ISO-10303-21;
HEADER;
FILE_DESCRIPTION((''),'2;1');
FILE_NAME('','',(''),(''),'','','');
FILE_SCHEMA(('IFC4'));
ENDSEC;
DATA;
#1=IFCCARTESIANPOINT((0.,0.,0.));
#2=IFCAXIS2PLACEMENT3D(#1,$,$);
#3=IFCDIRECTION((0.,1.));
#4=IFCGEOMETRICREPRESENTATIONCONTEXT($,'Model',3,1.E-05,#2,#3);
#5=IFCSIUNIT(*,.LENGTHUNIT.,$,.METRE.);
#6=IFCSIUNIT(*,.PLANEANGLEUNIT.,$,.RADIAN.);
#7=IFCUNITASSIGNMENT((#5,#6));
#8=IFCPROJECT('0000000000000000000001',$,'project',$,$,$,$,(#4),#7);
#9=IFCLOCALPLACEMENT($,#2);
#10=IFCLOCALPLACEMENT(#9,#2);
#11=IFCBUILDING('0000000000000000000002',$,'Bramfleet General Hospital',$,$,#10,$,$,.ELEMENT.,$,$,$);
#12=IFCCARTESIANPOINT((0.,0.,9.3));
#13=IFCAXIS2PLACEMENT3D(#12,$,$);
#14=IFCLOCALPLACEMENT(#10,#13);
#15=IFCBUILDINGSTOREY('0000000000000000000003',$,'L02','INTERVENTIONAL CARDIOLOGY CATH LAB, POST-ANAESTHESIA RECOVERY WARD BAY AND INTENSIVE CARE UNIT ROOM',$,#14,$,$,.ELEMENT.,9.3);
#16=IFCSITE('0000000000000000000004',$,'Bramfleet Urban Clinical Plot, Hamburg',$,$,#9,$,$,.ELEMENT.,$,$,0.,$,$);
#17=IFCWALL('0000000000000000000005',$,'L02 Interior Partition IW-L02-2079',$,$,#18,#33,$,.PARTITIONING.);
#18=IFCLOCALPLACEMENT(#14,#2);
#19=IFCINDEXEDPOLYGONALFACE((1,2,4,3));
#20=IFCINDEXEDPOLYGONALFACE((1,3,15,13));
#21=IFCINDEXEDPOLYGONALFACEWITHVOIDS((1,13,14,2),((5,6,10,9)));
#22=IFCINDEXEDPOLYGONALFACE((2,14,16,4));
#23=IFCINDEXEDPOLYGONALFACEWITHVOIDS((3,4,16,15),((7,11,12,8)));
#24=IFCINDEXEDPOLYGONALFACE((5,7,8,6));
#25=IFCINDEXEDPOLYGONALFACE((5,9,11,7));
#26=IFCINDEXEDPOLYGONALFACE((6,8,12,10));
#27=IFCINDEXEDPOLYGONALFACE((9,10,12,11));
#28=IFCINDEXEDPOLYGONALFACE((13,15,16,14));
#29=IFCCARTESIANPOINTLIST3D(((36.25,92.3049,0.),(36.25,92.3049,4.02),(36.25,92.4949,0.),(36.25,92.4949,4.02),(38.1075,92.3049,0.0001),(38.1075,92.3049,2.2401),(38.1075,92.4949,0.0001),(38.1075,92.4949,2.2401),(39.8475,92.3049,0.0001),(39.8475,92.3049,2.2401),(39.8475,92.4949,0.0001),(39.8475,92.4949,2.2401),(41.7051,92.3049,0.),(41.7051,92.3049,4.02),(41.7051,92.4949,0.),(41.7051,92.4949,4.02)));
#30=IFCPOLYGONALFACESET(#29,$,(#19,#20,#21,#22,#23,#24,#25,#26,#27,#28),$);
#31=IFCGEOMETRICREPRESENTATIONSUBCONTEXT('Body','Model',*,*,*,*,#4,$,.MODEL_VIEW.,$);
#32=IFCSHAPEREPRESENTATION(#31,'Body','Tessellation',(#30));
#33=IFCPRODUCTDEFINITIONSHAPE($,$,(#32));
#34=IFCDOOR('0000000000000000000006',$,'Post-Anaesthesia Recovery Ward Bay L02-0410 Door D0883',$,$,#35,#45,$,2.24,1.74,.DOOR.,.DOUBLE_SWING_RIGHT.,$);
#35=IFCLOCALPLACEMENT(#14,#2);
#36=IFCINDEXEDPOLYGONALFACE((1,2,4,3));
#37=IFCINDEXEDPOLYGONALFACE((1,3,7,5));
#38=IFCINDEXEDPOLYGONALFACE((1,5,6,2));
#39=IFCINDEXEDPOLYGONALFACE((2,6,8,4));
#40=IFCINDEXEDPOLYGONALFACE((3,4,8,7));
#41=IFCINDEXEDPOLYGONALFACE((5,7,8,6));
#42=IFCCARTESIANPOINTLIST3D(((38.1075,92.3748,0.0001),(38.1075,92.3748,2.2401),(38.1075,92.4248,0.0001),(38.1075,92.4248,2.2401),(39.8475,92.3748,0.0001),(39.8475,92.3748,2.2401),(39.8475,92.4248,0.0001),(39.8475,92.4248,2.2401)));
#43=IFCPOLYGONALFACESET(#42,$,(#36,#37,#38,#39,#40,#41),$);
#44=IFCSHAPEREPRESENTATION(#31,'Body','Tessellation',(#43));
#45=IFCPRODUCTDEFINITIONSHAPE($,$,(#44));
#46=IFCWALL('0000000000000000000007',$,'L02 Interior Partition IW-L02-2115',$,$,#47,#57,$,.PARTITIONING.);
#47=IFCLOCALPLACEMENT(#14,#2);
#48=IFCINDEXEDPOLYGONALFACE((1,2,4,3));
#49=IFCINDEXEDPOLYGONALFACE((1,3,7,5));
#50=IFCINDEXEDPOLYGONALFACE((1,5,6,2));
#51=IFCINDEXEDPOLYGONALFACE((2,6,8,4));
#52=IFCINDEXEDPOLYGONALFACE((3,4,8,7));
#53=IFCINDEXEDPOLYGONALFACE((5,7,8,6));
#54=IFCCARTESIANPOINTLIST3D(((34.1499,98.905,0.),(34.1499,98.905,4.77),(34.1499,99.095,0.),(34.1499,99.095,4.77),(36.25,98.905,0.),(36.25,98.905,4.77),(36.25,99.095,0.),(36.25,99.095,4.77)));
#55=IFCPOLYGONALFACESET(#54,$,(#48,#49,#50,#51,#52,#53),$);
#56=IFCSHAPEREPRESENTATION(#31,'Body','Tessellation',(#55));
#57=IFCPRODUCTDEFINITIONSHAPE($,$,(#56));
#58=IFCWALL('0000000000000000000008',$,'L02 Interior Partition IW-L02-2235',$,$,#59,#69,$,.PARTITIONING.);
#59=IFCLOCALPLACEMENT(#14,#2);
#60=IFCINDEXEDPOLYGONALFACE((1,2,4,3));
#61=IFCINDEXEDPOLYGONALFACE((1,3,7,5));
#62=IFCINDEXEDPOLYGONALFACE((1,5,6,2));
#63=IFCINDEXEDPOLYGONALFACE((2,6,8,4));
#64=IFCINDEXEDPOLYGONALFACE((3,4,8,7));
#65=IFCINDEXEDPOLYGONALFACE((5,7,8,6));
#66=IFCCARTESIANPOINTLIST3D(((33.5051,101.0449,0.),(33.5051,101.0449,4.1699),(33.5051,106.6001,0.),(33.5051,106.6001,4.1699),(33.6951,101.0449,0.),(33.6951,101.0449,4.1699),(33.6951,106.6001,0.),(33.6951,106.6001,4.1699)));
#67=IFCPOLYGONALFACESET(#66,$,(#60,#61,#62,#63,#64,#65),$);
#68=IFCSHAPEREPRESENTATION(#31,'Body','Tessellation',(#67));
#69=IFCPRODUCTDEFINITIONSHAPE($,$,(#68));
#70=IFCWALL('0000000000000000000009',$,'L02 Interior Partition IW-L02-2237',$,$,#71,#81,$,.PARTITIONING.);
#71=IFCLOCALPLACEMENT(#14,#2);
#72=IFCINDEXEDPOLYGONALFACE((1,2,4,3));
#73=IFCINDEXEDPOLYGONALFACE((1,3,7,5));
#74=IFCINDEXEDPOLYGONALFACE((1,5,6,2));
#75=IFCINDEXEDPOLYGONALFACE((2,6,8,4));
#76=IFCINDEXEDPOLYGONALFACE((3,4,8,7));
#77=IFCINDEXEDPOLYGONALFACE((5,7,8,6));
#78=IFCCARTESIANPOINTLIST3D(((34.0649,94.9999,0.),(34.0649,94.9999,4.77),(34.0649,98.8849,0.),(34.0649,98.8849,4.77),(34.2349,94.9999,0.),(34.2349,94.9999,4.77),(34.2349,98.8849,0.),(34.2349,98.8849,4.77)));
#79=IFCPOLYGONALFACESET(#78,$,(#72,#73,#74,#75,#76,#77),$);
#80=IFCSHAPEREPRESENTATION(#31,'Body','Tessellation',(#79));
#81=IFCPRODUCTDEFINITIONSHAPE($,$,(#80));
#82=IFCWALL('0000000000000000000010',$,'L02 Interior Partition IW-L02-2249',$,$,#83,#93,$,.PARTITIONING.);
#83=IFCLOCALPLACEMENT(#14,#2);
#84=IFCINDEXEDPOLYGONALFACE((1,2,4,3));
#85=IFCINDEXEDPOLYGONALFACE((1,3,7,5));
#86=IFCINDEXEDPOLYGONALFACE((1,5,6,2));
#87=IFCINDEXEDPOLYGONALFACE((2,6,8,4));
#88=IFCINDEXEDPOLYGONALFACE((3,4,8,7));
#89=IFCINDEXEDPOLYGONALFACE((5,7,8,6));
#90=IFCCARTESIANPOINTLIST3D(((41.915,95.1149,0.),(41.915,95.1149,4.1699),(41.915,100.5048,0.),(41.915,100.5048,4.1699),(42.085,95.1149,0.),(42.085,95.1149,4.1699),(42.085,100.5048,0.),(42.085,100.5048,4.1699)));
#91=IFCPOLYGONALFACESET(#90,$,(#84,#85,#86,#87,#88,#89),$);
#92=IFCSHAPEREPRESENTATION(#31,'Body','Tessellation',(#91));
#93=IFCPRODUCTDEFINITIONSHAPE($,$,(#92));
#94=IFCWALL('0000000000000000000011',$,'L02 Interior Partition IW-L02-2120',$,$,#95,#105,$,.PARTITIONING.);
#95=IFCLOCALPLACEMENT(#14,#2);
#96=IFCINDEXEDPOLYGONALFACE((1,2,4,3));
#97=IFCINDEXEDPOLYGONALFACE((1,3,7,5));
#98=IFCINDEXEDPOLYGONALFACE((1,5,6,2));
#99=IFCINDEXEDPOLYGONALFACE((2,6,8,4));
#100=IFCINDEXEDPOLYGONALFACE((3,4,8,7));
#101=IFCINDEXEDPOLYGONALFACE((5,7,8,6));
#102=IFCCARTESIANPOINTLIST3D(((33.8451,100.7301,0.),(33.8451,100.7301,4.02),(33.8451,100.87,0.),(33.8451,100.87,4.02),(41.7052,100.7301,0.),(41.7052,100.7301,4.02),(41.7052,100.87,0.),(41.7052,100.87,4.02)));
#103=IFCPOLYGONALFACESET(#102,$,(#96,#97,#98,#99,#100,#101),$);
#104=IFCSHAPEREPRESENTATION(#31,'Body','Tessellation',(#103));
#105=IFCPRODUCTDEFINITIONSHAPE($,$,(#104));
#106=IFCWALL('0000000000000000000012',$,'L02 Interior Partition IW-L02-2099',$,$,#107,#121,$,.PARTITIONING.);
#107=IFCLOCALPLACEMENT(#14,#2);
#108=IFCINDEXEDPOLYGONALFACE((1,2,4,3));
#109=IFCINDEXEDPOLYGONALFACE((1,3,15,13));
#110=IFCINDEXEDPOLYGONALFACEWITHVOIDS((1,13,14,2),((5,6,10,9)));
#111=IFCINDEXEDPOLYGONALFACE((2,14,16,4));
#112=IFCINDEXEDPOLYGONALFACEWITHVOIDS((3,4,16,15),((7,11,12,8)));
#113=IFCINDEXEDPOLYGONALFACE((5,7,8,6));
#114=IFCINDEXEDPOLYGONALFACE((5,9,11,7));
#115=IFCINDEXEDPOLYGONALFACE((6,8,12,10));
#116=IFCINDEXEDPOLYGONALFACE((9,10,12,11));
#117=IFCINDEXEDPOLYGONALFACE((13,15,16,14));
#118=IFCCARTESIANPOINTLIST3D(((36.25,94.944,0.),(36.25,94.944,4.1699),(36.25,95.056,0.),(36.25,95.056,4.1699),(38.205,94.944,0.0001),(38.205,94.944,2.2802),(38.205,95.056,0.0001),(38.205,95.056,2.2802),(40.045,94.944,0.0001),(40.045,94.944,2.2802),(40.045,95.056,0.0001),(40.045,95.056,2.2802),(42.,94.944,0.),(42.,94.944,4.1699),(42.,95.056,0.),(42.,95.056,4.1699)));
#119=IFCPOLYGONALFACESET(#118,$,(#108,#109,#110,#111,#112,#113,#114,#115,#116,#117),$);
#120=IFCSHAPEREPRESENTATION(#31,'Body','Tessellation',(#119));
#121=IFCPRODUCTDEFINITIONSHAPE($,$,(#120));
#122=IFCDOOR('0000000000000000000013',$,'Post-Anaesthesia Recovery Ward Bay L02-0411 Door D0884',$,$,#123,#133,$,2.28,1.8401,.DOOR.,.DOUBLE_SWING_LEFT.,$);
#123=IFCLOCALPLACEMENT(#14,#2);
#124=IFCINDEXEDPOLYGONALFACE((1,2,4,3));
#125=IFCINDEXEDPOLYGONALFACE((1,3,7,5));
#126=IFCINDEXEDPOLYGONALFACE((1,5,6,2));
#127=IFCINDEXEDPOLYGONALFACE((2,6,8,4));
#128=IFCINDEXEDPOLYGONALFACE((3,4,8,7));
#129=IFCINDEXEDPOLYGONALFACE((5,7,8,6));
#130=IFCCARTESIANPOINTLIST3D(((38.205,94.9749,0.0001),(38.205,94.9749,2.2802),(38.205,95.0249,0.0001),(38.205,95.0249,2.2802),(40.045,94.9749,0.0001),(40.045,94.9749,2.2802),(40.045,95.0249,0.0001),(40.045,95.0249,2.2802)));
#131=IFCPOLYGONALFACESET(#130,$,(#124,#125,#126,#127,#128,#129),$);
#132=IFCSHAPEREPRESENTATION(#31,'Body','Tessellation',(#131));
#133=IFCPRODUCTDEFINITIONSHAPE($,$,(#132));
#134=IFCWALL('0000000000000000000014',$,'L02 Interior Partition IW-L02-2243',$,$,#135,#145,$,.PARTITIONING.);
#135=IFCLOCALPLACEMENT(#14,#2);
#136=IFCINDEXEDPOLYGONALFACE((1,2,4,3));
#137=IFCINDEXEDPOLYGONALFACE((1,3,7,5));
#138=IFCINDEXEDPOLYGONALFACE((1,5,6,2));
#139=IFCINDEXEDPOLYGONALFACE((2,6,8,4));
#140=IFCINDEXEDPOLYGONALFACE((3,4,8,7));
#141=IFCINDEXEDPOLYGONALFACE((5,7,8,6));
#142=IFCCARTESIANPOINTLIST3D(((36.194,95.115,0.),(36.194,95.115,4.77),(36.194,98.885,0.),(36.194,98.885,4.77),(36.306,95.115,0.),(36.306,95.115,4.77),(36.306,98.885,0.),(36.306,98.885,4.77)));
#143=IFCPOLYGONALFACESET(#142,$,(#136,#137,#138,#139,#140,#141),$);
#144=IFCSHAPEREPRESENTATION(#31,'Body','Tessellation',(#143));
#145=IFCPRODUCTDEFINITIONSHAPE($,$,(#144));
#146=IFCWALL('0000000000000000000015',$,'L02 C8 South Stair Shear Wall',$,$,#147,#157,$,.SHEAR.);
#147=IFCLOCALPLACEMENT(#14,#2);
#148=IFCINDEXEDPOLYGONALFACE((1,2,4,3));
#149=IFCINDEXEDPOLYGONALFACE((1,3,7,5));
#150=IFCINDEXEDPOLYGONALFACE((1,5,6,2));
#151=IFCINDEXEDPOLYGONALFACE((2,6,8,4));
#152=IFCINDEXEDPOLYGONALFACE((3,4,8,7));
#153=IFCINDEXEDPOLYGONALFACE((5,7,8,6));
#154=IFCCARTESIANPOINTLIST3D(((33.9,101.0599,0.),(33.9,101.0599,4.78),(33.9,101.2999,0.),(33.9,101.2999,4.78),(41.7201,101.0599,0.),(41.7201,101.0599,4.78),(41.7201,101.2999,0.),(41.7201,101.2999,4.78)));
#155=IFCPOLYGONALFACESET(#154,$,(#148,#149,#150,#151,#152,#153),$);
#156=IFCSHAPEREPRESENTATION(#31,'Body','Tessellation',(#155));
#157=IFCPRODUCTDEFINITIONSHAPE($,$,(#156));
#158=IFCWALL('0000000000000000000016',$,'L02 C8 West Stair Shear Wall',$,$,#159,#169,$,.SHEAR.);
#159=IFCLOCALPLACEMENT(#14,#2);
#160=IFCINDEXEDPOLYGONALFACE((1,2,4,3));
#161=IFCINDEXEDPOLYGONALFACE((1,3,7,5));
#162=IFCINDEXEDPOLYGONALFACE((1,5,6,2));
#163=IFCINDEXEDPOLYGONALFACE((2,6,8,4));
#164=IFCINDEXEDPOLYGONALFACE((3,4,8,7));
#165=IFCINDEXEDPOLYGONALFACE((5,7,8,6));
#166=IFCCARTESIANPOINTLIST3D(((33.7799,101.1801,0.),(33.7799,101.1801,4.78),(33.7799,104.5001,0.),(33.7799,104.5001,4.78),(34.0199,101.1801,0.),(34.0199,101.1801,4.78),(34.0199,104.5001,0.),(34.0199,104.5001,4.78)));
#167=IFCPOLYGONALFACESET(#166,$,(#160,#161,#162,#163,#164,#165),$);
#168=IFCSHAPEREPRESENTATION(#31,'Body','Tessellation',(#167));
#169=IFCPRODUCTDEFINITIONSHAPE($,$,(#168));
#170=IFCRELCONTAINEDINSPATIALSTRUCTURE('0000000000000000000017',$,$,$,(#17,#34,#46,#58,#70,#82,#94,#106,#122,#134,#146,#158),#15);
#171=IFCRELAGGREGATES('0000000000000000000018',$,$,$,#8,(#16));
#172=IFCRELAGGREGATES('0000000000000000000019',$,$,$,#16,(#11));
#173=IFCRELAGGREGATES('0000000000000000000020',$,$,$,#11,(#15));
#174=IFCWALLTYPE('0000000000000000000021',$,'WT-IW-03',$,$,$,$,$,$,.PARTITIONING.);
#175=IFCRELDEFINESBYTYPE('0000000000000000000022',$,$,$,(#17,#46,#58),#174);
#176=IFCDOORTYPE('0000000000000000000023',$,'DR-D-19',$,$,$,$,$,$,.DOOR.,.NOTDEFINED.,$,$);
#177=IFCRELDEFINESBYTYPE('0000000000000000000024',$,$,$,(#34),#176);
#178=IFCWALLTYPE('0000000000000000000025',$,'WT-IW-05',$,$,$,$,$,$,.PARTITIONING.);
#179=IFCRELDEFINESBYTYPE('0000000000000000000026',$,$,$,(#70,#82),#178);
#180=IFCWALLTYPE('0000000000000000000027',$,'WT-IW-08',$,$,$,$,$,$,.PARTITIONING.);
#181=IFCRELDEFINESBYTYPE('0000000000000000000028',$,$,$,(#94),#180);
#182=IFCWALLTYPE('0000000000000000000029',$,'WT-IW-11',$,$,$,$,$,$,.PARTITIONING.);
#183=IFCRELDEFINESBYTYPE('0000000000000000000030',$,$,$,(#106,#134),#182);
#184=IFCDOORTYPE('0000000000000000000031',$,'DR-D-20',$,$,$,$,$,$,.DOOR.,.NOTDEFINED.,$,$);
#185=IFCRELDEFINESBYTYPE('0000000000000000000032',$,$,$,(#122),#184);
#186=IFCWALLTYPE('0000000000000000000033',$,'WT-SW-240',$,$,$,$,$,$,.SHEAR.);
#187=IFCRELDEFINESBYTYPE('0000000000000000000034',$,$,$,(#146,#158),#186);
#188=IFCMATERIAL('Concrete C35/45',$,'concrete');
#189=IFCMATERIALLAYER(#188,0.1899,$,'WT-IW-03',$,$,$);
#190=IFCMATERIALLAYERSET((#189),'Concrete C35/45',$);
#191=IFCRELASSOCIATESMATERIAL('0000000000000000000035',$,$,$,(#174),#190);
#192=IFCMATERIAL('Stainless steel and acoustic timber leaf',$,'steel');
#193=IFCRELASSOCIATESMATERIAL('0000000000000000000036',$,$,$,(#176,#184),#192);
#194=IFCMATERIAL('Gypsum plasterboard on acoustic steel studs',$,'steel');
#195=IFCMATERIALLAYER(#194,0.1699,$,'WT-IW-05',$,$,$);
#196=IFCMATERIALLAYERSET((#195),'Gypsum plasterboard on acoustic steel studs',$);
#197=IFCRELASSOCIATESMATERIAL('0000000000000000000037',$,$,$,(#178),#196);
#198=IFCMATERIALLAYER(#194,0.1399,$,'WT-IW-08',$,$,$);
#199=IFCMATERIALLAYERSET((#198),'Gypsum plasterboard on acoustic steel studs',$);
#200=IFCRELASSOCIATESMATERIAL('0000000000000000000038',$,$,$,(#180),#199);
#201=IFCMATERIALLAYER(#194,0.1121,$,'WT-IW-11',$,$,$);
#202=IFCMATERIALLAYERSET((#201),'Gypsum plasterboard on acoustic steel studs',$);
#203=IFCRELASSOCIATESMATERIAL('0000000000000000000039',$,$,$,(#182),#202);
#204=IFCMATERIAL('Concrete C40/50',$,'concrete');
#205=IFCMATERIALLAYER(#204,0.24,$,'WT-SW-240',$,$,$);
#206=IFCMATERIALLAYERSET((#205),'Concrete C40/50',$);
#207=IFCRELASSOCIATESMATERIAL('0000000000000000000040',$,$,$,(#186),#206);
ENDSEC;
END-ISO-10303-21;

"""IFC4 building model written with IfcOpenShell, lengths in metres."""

from ifc_helpers import new_model, si_unit, direction, frame, frame_2d, origin, place, context, subcontext, project, spatial, rectangle, extrude, material, layer, layer_set, type_object, element, fill, save


model = new_model("IFC4")

# Units and contexts
model_context = context("Model", 3, precision=1e-05, world=origin(), true_north=direction((0.0, 1.0)))
body_context = subcontext(model_context, "Body", "Model", "MODEL_VIEW")
ifc_project = project(units=[si_unit("LENGTHUNIT", "METRE"), si_unit("PLANEANGLEUNIT", "RADIAN")], contexts=[model_context])

# Site, building, storey
site_placement = place(None, origin())
site = spatial("IfcSite", under=ifc_project, at=site_placement, Name="Bramfleet Urban Clinical Plot, Hamburg", CompositionType="ELEMENT", RefElevation=0.0)
building_placement = place(site_placement, origin())
building = spatial("IfcBuilding", under=site, at=building_placement, Name="Bramfleet General Hospital", CompositionType="ELEMENT")
storey_placement = place(building_placement, frame((0.0, 0.0, 9.3)))
storey = spatial("IfcBuildingStorey", under=building, at=storey_placement, Name="L02", Description="INTERVENTIONAL CARDIOLOGY CATH LAB, POST-ANAESTHESIA RECOVERY WARD BAY AND INTENSIVE CARE UNIT ROOM", CompositionType="ELEMENT", Elevation=9.3)

# Shared definitions
ifc_material_1 = material(Name="Concrete C40/50", Category="concrete")

# Shared definitions
ifc_material_2 = material(Name="Concrete C35/45", Category="concrete")

# Wall, opening, door
ifc_layer_1 = layer(ifc_material_2, 0.1899, Name="WT-IW-03")
ifc_layer_set_1 = layer_set([ifc_layer_1], Name="Concrete C35/45")
wall_type_1 = type_object("IfcWallType", Name="WT-IW-03", PredefinedType="PARTITIONING", material=ifc_layer_set_1)
wall_1_placement = place(storey_placement, frame((36.25, 92.3999, 0.0), z_axis=(0.0, 0.0, 1.0), x_axis=(1.0, 0.0, 0.0)))
wall_1 = element("IfcWall", 1, at=wall_1_placement, inside=storey, type_object=wall_type_1, Name="L02 Interior Partition IW-L02-2079", PredefinedType="PARTITIONING", context=body_context, shape_type="SweptSolid", body=[
    extrude(rectangle(XDim=5.4551, YDim=0.1899, at=frame_2d((2.7275, 0.0))), origin(), (0.0, 0.0, 1.0), 4.02),
])
opening_1_placement = place(wall_1_placement, frame((1.8574, 0.0, 0.0)))
opening_1 = element("IfcOpeningElement", 2, at=opening_1_placement, cuts=wall_1, PredefinedType="OPENING", context=body_context, shape_type="SweptSolid", body=[
    extrude(rectangle(XDim=1.74, YDim=2.24, at=frame_2d((0.8701, 1.1201))), frame((0.0, 0.105, 0.0), z_axis=(0.0, -1.0, 0.0), x_axis=(1.0, 0.0, 0.0)), (0.0, 0.0, 1.0), 0.21),
])
ifc_material_3 = material(Name="Stainless steel and acoustic timber leaf", Category="steel")
door_type_1 = type_object("IfcDoorType", Name="DR-D-19", OperationType="NOTDEFINED", PredefinedType="DOOR", material=ifc_material_3)
door_1_placement = place(opening_1_placement, origin())
door_1 = element("IfcDoor", 3, at=door_1_placement, inside=storey, type_object=door_type_1, Name="Post-Anaesthesia Recovery Ward Bay L02-0410 Door D0883", OperationType="DOUBLE_SWING_RIGHT", OverallHeight=2.24, OverallWidth=1.74, PredefinedType="DOOR", context=body_context, shape_type="SweptSolid", body=[
    extrude(rectangle(XDim=1.74, YDim=2.24, at=frame_2d((0.8701, 1.1201))), frame((0.0, 0.0249, 0.0), z_axis=(0.0, -1.0, 0.0), x_axis=(1.0, 0.0, 0.0)), (0.0, 0.0, 1.0), 0.05),
])
fill(opening_1, door_1)

# Walls
wall_2_placement = place(storey_placement, frame((34.1499, 99.0, 0.0), z_axis=(0.0, 0.0, 1.0), x_axis=(1.0, 0.0, 0.0)))
element("IfcWall", 4, at=wall_2_placement, inside=storey, type_object=wall_type_1, Name="L02 Interior Partition IW-L02-2115", PredefinedType="PARTITIONING", context=body_context, shape_type="SweptSolid", body=[
    extrude(rectangle(XDim=2.1001, YDim=0.1899, at=frame_2d((1.05, 0.0))), origin(), (0.0, 0.0, 1.0), 4.77),
])
wall_3_placement = place(storey_placement, frame((33.6001, 101.0449, 0.0), z_axis=(0.0, 0.0, 1.0), x_axis=(0.0, 1.0, 0.0)))
element("IfcWall", 5, at=wall_3_placement, inside=storey, type_object=wall_type_1, Name="L02 Interior Partition IW-L02-2235", PredefinedType="PARTITIONING", context=body_context, shape_type="SweptSolid", body=[
    extrude(rectangle(XDim=5.5552, YDim=0.1899, at=frame_2d((2.7776, 0.0))), origin(), (0.0, 0.0, 1.0), 4.1699),
])
ifc_material_4 = material(Name="Gypsum plasterboard on acoustic steel studs", Category="steel")
ifc_layer_2 = layer(ifc_material_4, 0.1699, Name="WT-IW-05")
ifc_layer_set_2 = layer_set([ifc_layer_2], Name="Gypsum plasterboard on acoustic steel studs")
wall_type_2 = type_object("IfcWallType", Name="WT-IW-05", PredefinedType="PARTITIONING", material=ifc_layer_set_2)
wall_4_placement = place(storey_placement, frame((34.1499, 95.0, 0.0), z_axis=(0.0, 0.0, 1.0), x_axis=(0.0, 1.0, 0.0)))
element("IfcWall", 6, at=wall_4_placement, inside=storey, type_object=wall_type_2, Name="L02 Interior Partition IW-L02-2237", PredefinedType="PARTITIONING", context=body_context, shape_type="SweptSolid", body=[
    extrude(rectangle(XDim=3.885, YDim=0.1699, at=frame_2d((1.9424, 0.0))), origin(), (0.0, 0.0, 1.0), 4.77),
])
wall_5_placement = place(storey_placement, frame((42.0, 95.115, 0.0), z_axis=(0.0, 0.0, 1.0), x_axis=(0.0, 1.0, 0.0)))
element("IfcWall", 7, at=wall_5_placement, inside=storey, type_object=wall_type_2, Name="L02 Interior Partition IW-L02-2249", PredefinedType="PARTITIONING", context=body_context, shape_type="SweptSolid", body=[
    extrude(rectangle(XDim=5.3899, YDim=0.1699, at=frame_2d((2.6948, 0.0))), origin(), (0.0, 0.0, 1.0), 4.1699),
])
ifc_layer_3 = layer(ifc_material_4, 0.1399, Name="WT-IW-08")
ifc_layer_set_3 = layer_set([ifc_layer_3], Name="Gypsum plasterboard on acoustic steel studs")
wall_type_3 = type_object("IfcWallType", Name="WT-IW-08", PredefinedType="PARTITIONING", material=ifc_layer_set_3)
wall_6_placement = place(storey_placement, frame((33.845, 100.8, 0.0), z_axis=(0.0, 0.0, 1.0), x_axis=(1.0, 0.0, 0.0)))
element("IfcWall", 8, at=wall_6_placement, inside=storey, type_object=wall_type_3, Name="L02 Interior Partition IW-L02-2120", PredefinedType="PARTITIONING", context=body_context, shape_type="SweptSolid", body=[
    extrude(rectangle(XDim=7.8601, YDim=0.1399, at=frame_2d((3.9302, 0.0))), origin(), (0.0, 0.0, 1.0), 4.02),
])

# Wall, opening, door
ifc_layer_4 = layer(ifc_material_4, 0.1121, Name="WT-IW-11")
ifc_layer_set_4 = layer_set([ifc_layer_4], Name="Gypsum plasterboard on acoustic steel studs")
wall_type_4 = type_object("IfcWallType", Name="WT-IW-11", PredefinedType="PARTITIONING", material=ifc_layer_set_4)
wall_7_placement = place(storey_placement, frame((36.25, 95.0, 0.0), z_axis=(0.0, 0.0, 1.0), x_axis=(1.0, 0.0, 0.0)))
wall_7 = element("IfcWall", 9, at=wall_7_placement, inside=storey, type_object=wall_type_4, Name="L02 Interior Partition IW-L02-2099", PredefinedType="PARTITIONING", context=body_context, shape_type="SweptSolid", body=[
    extrude(rectangle(XDim=5.75, YDim=0.1121, at=frame_2d((2.875, 0.0))), origin(), (0.0, 0.0, 1.0), 4.1699),
])
opening_2_placement = place(wall_7_placement, frame((1.9551, 0.0, 0.0)))
opening_2 = element("IfcOpeningElement", 10, at=opening_2_placement, cuts=wall_7, PredefinedType="OPENING", context=body_context, shape_type="SweptSolid", body=[
    extrude(rectangle(XDim=1.8401, YDim=2.28, at=frame_2d((0.9199, 1.1401))), frame((0.0, 0.0659, 0.0), z_axis=(0.0, -1.0, 0.0), x_axis=(1.0, 0.0, 0.0)), (0.0, 0.0, 1.0), 0.1321),
])
door_type_2 = type_object("IfcDoorType", Name="DR-D-20", OperationType="NOTDEFINED", PredefinedType="DOOR", material=ifc_material_3)
door_2_placement = place(opening_2_placement, origin())
door_2 = element("IfcDoor", 11, at=door_2_placement, inside=storey, type_object=door_type_2, Name="Post-Anaesthesia Recovery Ward Bay L02-0411 Door D0884", OperationType="DOUBLE_SWING_LEFT", OverallHeight=2.28, OverallWidth=1.8401, PredefinedType="DOOR", context=body_context, shape_type="SweptSolid", body=[
    extrude(rectangle(XDim=1.8401, YDim=2.28, at=frame_2d((0.9199, 1.1401))), frame((0.0, 0.0249, 0.0), z_axis=(0.0, -1.0, 0.0), x_axis=(1.0, 0.0, 0.0)), (0.0, 0.0, 1.0), 0.05),
])
fill(opening_2, door_2)

# Walls
wall_8_placement = place(storey_placement, frame((36.25, 95.115, 0.0), z_axis=(0.0, 0.0, 1.0), x_axis=(0.0, 1.0, 0.0)))
element("IfcWall", 12, at=wall_8_placement, inside=storey, type_object=wall_type_4, Name="L02 Interior Partition IW-L02-2243", PredefinedType="PARTITIONING", context=body_context, shape_type="SweptSolid", body=[
    extrude(rectangle(XDim=3.77, YDim=0.1121, at=frame_2d((1.885, 0.0))), origin(), (0.0, 0.0, 1.0), 4.77),
])
ifc_layer_5 = layer(ifc_material_1, 0.24, Name="WT-SW-240")
ifc_layer_set_5 = layer_set([ifc_layer_5], Name="Concrete C40/50")
wall_type_5 = type_object("IfcWallType", Name="WT-SW-240", PredefinedType="SHEAR", material=ifc_layer_set_5)
wall_9_placement = place(storey_placement, frame((33.8999, 101.1799, 0.0), z_axis=(0.0, 0.0, 1.0), x_axis=(1.0, 0.0, 0.0)))
element("IfcWall", 13, at=wall_9_placement, inside=storey, type_object=wall_type_5, Name="L02 C8 South Stair Shear Wall", PredefinedType="SHEAR", context=body_context, shape_type="SweptSolid", body=[
    extrude(rectangle(XDim=7.8201, YDim=0.24, at=frame_2d((3.9102, 0.0))), origin(), (0.0, 0.0, 1.0), 4.78),
])
wall_10_placement = place(storey_placement, frame((33.8999, 101.1799, 0.0), z_axis=(0.0, 0.0, 1.0), x_axis=(0.0, 1.0, 0.0)))
element("IfcWall", 14, at=wall_10_placement, inside=storey, type_object=wall_type_5, Name="L02 C8 West Stair Shear Wall", PredefinedType="SHEAR", context=body_context, shape_type="SweptSolid", body=[
    extrude(rectangle(XDim=3.3201, YDim=0.24, at=frame_2d((1.6602, 0.0))), origin(), (0.0, 0.0, 1.0), 4.78),
])

save(model, "model.ifc")
